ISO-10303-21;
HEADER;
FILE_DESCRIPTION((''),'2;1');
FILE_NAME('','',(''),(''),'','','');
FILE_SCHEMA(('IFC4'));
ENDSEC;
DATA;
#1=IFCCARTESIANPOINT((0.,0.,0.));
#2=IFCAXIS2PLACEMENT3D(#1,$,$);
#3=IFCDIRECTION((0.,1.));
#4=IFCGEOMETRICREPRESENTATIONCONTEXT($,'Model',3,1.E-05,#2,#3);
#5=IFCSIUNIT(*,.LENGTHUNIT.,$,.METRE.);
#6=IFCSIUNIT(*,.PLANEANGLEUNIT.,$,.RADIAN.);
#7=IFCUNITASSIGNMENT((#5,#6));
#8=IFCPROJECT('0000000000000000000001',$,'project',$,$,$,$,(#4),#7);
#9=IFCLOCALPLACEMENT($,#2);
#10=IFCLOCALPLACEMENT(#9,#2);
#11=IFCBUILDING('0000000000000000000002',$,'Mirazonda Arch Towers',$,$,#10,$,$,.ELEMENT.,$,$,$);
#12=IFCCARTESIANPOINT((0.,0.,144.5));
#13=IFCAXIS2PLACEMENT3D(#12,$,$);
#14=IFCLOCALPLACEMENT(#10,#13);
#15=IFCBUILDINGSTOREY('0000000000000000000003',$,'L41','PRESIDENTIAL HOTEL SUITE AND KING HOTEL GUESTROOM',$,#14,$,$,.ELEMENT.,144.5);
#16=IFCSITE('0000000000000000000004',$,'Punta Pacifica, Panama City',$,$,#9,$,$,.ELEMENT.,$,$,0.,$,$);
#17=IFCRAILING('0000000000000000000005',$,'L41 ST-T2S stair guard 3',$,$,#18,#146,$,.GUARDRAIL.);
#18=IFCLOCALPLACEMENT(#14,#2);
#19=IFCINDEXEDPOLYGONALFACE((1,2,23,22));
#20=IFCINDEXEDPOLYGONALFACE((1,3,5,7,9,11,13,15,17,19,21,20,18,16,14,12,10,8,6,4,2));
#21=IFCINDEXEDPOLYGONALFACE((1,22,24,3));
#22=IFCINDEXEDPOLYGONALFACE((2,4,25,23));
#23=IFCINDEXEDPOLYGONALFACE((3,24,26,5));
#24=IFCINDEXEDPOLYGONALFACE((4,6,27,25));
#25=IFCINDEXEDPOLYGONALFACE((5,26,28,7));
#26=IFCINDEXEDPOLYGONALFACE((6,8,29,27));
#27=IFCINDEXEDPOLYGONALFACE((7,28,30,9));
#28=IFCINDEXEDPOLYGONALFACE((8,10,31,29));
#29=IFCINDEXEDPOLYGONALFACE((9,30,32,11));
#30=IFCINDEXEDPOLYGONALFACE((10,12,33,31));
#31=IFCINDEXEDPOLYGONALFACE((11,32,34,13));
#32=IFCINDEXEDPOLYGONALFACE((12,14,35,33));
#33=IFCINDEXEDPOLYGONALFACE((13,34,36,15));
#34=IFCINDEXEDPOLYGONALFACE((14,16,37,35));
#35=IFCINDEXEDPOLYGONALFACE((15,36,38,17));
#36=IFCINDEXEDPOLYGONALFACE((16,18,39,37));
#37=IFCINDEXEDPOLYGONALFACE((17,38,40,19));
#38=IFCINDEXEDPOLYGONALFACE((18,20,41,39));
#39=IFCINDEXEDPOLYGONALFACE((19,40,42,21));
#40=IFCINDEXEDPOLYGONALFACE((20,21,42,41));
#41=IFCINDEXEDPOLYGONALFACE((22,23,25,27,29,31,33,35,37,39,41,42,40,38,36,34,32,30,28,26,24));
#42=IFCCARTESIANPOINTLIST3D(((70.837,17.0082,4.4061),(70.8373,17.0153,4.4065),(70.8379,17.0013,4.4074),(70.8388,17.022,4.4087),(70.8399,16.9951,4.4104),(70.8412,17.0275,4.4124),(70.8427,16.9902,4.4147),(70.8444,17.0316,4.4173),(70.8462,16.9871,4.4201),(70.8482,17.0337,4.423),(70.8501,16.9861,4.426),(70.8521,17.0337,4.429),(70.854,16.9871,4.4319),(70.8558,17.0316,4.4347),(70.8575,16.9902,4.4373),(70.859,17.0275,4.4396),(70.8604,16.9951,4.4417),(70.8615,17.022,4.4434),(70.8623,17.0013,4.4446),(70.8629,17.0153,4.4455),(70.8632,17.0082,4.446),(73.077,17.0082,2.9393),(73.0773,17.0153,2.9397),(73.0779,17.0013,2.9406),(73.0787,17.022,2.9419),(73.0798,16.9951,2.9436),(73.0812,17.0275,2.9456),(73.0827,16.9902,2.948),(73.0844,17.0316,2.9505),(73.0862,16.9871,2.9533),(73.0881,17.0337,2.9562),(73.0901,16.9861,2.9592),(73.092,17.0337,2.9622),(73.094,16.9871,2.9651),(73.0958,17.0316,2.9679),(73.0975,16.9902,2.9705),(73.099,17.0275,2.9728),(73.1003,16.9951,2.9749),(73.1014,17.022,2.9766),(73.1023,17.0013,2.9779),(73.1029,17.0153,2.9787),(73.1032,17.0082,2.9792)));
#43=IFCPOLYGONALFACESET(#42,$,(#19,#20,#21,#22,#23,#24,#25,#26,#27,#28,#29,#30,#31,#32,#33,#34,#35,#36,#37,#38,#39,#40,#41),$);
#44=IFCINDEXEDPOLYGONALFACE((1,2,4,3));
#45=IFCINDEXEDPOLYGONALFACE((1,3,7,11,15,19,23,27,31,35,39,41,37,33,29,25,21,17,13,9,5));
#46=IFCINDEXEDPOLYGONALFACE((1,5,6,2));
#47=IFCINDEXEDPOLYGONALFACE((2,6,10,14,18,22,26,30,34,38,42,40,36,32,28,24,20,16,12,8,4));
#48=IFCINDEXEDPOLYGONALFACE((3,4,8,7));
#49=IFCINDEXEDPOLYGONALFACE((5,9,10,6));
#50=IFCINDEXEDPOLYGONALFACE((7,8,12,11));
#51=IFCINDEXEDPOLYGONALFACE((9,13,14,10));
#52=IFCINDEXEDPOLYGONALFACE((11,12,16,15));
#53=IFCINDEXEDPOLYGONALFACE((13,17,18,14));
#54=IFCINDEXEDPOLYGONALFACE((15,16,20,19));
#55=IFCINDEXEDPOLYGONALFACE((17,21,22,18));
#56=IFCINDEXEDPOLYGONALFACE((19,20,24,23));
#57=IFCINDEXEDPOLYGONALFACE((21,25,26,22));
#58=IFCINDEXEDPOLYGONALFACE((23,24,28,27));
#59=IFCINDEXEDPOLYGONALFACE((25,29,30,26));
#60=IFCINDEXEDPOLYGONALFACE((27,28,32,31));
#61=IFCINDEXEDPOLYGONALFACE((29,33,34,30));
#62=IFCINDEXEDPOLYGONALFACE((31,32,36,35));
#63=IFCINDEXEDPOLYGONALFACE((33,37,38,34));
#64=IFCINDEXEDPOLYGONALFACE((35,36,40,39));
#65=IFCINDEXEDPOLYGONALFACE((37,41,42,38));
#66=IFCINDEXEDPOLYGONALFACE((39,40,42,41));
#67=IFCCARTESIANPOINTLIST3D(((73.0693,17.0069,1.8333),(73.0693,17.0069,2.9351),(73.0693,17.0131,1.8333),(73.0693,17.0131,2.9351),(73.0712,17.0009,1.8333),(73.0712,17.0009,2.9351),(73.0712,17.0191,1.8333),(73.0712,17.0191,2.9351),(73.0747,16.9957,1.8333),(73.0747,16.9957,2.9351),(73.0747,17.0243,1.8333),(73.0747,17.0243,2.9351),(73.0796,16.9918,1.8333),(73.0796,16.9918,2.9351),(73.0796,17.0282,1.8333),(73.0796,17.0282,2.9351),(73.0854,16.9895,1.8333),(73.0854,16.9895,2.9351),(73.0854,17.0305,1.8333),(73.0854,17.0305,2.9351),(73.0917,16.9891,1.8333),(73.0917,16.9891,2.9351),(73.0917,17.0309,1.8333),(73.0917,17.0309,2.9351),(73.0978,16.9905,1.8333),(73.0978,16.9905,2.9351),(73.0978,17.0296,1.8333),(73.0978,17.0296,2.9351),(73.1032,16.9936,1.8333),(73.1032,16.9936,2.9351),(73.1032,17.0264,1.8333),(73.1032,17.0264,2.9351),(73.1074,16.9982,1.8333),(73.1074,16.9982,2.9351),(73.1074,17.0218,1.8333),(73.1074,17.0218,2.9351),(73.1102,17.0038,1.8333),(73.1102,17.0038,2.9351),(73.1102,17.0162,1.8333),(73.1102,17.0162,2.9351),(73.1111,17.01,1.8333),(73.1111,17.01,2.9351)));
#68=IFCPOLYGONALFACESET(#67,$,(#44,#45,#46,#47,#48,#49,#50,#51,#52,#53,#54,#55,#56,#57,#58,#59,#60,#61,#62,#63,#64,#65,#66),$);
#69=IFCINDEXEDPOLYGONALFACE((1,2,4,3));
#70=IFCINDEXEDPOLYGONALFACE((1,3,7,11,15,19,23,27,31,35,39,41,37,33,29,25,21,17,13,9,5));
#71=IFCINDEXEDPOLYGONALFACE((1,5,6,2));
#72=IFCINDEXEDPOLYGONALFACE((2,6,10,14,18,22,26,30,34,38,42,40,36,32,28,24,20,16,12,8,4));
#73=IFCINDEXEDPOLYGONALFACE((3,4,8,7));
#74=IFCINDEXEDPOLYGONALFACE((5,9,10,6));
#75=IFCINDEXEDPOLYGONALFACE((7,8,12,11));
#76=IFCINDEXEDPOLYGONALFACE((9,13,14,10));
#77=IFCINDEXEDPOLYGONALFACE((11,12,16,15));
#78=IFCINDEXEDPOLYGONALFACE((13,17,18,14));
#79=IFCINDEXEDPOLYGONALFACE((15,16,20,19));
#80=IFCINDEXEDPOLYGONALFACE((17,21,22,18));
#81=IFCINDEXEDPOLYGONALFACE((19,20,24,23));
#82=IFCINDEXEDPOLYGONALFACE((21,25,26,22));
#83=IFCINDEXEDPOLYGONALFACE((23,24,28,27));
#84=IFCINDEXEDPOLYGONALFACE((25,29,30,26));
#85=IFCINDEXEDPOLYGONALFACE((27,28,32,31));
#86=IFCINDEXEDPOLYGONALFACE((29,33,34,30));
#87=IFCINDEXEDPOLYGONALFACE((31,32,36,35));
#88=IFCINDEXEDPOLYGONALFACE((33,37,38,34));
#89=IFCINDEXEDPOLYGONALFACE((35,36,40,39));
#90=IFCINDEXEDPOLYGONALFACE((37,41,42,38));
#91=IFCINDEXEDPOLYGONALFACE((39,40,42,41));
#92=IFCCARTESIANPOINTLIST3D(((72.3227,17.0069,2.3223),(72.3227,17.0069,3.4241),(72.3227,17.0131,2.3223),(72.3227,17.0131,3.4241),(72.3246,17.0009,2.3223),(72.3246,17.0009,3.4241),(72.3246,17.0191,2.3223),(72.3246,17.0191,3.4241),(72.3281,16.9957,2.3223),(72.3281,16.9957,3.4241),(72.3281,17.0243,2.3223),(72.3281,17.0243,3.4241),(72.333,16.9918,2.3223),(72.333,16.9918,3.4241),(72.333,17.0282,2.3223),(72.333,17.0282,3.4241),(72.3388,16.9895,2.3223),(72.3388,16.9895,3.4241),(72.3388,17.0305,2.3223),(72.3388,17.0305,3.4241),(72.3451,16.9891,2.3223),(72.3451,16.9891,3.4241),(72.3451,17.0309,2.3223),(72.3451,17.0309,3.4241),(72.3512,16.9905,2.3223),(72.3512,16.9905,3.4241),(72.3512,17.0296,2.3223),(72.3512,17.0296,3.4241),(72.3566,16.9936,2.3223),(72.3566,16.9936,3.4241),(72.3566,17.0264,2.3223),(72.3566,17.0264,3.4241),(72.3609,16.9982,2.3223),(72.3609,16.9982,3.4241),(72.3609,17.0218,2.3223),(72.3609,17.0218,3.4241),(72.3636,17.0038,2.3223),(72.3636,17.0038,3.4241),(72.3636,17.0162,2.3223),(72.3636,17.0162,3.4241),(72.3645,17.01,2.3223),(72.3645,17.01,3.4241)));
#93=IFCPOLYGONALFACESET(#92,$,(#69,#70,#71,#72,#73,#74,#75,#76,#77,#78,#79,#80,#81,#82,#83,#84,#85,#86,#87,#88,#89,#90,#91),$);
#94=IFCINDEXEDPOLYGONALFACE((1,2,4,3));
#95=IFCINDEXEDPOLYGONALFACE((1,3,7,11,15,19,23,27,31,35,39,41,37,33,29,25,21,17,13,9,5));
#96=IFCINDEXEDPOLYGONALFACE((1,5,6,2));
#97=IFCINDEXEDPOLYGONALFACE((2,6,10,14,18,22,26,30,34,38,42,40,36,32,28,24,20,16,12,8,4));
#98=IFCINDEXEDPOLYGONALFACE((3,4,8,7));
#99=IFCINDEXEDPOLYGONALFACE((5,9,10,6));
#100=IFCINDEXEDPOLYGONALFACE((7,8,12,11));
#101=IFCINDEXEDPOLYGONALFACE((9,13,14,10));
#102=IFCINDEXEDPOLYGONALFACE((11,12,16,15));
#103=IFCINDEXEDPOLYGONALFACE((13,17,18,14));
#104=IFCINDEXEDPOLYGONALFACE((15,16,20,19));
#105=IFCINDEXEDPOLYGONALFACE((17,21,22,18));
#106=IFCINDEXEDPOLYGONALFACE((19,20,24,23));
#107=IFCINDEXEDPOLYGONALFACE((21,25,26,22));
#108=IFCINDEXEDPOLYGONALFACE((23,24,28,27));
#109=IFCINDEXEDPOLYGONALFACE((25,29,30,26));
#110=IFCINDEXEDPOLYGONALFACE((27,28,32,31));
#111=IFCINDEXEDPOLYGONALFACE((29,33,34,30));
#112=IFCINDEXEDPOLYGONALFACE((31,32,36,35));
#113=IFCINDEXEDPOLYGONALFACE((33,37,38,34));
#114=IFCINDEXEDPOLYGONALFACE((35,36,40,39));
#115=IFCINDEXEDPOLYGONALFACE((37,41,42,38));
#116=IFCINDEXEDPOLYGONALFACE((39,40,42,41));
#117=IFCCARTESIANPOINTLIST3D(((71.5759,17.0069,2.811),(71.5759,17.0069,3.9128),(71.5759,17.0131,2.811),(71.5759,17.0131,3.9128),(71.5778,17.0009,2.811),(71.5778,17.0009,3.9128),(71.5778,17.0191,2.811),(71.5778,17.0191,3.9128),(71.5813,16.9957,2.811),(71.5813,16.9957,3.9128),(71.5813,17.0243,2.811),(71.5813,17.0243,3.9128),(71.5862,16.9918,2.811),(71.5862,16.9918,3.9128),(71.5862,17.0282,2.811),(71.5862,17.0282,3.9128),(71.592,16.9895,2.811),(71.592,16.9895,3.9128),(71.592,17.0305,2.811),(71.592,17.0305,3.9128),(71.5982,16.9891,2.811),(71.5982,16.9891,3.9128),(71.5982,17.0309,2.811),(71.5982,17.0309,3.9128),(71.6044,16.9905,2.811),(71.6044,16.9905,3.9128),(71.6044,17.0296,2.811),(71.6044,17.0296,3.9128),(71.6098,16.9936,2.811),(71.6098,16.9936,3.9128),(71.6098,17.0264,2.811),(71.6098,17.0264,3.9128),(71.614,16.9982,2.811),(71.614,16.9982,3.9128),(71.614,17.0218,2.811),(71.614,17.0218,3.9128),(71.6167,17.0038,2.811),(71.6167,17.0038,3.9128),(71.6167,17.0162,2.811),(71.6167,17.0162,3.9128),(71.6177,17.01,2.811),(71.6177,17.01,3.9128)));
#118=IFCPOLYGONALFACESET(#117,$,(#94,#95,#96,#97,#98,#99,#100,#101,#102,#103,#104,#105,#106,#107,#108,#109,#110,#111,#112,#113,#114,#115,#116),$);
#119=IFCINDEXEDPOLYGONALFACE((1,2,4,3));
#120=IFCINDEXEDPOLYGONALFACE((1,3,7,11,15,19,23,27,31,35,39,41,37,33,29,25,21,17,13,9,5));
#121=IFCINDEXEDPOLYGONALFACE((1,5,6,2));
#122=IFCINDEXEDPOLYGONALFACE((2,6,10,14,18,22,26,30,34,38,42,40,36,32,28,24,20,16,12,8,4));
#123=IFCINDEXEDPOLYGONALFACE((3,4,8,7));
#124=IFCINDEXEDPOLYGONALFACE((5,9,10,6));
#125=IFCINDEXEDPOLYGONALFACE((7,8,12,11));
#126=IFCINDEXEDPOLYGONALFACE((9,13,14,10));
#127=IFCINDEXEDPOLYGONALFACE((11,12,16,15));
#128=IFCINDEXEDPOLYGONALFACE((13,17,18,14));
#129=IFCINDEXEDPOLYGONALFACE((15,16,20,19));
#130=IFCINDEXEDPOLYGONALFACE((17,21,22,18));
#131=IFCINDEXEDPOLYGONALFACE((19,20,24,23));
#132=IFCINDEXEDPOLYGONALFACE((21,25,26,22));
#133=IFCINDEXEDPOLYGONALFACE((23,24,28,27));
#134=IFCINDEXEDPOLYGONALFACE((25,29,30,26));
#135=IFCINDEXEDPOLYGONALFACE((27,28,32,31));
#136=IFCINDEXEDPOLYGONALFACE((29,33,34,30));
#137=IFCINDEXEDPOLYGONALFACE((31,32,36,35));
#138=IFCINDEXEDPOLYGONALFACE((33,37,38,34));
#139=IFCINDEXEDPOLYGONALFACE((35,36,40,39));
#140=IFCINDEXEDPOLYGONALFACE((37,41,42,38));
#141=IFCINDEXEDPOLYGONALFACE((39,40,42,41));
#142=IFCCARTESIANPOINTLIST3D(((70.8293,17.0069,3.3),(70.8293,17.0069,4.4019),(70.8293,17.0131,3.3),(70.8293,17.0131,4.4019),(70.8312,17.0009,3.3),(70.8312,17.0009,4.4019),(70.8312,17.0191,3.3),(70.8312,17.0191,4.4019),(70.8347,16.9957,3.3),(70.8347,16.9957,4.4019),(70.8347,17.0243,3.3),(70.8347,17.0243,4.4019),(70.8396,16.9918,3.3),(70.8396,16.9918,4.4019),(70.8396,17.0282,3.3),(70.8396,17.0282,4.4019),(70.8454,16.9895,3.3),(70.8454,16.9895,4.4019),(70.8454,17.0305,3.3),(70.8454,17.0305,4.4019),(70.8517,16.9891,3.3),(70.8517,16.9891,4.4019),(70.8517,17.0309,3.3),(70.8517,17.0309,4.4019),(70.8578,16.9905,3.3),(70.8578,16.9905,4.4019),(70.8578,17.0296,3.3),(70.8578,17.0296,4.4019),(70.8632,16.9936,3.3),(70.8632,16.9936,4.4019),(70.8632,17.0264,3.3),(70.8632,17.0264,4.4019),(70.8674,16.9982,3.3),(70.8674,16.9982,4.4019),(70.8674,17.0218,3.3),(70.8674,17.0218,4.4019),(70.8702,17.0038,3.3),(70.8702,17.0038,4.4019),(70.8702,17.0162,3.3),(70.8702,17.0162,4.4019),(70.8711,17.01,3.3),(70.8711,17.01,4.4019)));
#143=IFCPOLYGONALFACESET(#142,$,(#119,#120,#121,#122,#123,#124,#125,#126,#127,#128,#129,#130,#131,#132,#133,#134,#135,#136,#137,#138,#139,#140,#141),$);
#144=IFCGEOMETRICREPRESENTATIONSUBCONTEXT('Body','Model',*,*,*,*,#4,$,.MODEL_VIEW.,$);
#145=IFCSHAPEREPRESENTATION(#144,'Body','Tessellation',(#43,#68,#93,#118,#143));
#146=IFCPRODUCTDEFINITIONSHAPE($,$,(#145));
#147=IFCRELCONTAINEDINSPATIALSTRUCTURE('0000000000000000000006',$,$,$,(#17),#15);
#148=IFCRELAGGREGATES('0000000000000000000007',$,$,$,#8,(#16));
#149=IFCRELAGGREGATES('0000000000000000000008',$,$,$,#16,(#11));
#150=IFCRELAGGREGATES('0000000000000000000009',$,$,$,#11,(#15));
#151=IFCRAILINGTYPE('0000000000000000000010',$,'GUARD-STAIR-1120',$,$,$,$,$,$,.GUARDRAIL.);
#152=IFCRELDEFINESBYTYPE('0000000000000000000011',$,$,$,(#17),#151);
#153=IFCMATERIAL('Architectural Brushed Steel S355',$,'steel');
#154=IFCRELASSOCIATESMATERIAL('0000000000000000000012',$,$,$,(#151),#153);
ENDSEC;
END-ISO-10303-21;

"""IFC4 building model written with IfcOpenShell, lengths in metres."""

from ifc_helpers import new_model, si_unit, direction, frame, origin, origin_2d, place, context, subcontext, project, spatial, circle, extrude, material, type_object, element, save


model = new_model("IFC4")

# Units and contexts
model_context = context("Model", 3, precision=1e-05, world=origin(), true_north=direction((0.0, 1.0)))
body_context = subcontext(model_context, "Body", "Model", "MODEL_VIEW")
ifc_project = project(units=[si_unit("LENGTHUNIT", "METRE"), si_unit("PLANEANGLEUNIT", "RADIAN")], contexts=[model_context])

# Site, building, storey
site_placement = place(None, origin())
site = spatial("IfcSite", under=ifc_project, at=site_placement, Name="Punta Pacifica, Panama City", CompositionType="ELEMENT", RefElevation=0.0)
building_placement = place(site_placement, origin())
building = spatial("IfcBuilding", under=site, at=building_placement, Name="Mirazonda Arch Towers", CompositionType="ELEMENT")
storey_placement = place(building_placement, frame((0.0, 0.0, 144.5)))
storey = spatial("IfcBuildingStorey", under=building, at=storey_placement, Name="L41", Description="PRESIDENTIAL HOTEL SUITE AND KING HOTEL GUESTROOM", CompositionType="ELEMENT", Elevation=144.5)

# Railing
ifc_material_1 = material(Name="Architectural Brushed Steel S355", Category="steel")
railing_type_1 = type_object("IfcRailingType", Name="GUARD-STAIR-1120", PredefinedType="GUARDRAIL", material=ifc_material_1)
railing_1_placement = place(storey_placement, frame((73.0901, 17.01, 1.8333)))
element("IfcRailing", 1, at=railing_1_placement, inside=storey, type_object=railing_type_1, Name="L41 ST-T2S stair guard 3", PredefinedType="GUARDRAIL", context=body_context, shape_type="SweptSolid", body=[
    extrude(circle(Radius=0.0239, at=origin_2d()), frame((0.0, 0.0, 1.126), z_axis=(-0.836595, 0.0, 0.547822), x_axis=(0.0, -1.0, 0.0)), (0.0, 0.0, 1.0), 2.6775),
    extrude(circle(Radius=0.021, at=origin_2d()), origin(), (0.0, 0.0, 1.0), 1.1018),
    extrude(circle(Radius=0.021, at=origin_2d()), frame((-0.7466, 0.0, 0.489)), (0.0, 0.0, 1.0), 1.1018),
    extrude(circle(Radius=0.021, at=origin_2d()), frame((-1.4934, 0.0, 0.9778)), (0.0, 0.0, 1.0), 1.1018),
    extrude(circle(Radius=0.021, at=origin_2d()), frame((-2.24, 0.0, 1.4668)), (0.0, 0.0, 1.0), 1.1018),
])

save(model, "model.ifc")
